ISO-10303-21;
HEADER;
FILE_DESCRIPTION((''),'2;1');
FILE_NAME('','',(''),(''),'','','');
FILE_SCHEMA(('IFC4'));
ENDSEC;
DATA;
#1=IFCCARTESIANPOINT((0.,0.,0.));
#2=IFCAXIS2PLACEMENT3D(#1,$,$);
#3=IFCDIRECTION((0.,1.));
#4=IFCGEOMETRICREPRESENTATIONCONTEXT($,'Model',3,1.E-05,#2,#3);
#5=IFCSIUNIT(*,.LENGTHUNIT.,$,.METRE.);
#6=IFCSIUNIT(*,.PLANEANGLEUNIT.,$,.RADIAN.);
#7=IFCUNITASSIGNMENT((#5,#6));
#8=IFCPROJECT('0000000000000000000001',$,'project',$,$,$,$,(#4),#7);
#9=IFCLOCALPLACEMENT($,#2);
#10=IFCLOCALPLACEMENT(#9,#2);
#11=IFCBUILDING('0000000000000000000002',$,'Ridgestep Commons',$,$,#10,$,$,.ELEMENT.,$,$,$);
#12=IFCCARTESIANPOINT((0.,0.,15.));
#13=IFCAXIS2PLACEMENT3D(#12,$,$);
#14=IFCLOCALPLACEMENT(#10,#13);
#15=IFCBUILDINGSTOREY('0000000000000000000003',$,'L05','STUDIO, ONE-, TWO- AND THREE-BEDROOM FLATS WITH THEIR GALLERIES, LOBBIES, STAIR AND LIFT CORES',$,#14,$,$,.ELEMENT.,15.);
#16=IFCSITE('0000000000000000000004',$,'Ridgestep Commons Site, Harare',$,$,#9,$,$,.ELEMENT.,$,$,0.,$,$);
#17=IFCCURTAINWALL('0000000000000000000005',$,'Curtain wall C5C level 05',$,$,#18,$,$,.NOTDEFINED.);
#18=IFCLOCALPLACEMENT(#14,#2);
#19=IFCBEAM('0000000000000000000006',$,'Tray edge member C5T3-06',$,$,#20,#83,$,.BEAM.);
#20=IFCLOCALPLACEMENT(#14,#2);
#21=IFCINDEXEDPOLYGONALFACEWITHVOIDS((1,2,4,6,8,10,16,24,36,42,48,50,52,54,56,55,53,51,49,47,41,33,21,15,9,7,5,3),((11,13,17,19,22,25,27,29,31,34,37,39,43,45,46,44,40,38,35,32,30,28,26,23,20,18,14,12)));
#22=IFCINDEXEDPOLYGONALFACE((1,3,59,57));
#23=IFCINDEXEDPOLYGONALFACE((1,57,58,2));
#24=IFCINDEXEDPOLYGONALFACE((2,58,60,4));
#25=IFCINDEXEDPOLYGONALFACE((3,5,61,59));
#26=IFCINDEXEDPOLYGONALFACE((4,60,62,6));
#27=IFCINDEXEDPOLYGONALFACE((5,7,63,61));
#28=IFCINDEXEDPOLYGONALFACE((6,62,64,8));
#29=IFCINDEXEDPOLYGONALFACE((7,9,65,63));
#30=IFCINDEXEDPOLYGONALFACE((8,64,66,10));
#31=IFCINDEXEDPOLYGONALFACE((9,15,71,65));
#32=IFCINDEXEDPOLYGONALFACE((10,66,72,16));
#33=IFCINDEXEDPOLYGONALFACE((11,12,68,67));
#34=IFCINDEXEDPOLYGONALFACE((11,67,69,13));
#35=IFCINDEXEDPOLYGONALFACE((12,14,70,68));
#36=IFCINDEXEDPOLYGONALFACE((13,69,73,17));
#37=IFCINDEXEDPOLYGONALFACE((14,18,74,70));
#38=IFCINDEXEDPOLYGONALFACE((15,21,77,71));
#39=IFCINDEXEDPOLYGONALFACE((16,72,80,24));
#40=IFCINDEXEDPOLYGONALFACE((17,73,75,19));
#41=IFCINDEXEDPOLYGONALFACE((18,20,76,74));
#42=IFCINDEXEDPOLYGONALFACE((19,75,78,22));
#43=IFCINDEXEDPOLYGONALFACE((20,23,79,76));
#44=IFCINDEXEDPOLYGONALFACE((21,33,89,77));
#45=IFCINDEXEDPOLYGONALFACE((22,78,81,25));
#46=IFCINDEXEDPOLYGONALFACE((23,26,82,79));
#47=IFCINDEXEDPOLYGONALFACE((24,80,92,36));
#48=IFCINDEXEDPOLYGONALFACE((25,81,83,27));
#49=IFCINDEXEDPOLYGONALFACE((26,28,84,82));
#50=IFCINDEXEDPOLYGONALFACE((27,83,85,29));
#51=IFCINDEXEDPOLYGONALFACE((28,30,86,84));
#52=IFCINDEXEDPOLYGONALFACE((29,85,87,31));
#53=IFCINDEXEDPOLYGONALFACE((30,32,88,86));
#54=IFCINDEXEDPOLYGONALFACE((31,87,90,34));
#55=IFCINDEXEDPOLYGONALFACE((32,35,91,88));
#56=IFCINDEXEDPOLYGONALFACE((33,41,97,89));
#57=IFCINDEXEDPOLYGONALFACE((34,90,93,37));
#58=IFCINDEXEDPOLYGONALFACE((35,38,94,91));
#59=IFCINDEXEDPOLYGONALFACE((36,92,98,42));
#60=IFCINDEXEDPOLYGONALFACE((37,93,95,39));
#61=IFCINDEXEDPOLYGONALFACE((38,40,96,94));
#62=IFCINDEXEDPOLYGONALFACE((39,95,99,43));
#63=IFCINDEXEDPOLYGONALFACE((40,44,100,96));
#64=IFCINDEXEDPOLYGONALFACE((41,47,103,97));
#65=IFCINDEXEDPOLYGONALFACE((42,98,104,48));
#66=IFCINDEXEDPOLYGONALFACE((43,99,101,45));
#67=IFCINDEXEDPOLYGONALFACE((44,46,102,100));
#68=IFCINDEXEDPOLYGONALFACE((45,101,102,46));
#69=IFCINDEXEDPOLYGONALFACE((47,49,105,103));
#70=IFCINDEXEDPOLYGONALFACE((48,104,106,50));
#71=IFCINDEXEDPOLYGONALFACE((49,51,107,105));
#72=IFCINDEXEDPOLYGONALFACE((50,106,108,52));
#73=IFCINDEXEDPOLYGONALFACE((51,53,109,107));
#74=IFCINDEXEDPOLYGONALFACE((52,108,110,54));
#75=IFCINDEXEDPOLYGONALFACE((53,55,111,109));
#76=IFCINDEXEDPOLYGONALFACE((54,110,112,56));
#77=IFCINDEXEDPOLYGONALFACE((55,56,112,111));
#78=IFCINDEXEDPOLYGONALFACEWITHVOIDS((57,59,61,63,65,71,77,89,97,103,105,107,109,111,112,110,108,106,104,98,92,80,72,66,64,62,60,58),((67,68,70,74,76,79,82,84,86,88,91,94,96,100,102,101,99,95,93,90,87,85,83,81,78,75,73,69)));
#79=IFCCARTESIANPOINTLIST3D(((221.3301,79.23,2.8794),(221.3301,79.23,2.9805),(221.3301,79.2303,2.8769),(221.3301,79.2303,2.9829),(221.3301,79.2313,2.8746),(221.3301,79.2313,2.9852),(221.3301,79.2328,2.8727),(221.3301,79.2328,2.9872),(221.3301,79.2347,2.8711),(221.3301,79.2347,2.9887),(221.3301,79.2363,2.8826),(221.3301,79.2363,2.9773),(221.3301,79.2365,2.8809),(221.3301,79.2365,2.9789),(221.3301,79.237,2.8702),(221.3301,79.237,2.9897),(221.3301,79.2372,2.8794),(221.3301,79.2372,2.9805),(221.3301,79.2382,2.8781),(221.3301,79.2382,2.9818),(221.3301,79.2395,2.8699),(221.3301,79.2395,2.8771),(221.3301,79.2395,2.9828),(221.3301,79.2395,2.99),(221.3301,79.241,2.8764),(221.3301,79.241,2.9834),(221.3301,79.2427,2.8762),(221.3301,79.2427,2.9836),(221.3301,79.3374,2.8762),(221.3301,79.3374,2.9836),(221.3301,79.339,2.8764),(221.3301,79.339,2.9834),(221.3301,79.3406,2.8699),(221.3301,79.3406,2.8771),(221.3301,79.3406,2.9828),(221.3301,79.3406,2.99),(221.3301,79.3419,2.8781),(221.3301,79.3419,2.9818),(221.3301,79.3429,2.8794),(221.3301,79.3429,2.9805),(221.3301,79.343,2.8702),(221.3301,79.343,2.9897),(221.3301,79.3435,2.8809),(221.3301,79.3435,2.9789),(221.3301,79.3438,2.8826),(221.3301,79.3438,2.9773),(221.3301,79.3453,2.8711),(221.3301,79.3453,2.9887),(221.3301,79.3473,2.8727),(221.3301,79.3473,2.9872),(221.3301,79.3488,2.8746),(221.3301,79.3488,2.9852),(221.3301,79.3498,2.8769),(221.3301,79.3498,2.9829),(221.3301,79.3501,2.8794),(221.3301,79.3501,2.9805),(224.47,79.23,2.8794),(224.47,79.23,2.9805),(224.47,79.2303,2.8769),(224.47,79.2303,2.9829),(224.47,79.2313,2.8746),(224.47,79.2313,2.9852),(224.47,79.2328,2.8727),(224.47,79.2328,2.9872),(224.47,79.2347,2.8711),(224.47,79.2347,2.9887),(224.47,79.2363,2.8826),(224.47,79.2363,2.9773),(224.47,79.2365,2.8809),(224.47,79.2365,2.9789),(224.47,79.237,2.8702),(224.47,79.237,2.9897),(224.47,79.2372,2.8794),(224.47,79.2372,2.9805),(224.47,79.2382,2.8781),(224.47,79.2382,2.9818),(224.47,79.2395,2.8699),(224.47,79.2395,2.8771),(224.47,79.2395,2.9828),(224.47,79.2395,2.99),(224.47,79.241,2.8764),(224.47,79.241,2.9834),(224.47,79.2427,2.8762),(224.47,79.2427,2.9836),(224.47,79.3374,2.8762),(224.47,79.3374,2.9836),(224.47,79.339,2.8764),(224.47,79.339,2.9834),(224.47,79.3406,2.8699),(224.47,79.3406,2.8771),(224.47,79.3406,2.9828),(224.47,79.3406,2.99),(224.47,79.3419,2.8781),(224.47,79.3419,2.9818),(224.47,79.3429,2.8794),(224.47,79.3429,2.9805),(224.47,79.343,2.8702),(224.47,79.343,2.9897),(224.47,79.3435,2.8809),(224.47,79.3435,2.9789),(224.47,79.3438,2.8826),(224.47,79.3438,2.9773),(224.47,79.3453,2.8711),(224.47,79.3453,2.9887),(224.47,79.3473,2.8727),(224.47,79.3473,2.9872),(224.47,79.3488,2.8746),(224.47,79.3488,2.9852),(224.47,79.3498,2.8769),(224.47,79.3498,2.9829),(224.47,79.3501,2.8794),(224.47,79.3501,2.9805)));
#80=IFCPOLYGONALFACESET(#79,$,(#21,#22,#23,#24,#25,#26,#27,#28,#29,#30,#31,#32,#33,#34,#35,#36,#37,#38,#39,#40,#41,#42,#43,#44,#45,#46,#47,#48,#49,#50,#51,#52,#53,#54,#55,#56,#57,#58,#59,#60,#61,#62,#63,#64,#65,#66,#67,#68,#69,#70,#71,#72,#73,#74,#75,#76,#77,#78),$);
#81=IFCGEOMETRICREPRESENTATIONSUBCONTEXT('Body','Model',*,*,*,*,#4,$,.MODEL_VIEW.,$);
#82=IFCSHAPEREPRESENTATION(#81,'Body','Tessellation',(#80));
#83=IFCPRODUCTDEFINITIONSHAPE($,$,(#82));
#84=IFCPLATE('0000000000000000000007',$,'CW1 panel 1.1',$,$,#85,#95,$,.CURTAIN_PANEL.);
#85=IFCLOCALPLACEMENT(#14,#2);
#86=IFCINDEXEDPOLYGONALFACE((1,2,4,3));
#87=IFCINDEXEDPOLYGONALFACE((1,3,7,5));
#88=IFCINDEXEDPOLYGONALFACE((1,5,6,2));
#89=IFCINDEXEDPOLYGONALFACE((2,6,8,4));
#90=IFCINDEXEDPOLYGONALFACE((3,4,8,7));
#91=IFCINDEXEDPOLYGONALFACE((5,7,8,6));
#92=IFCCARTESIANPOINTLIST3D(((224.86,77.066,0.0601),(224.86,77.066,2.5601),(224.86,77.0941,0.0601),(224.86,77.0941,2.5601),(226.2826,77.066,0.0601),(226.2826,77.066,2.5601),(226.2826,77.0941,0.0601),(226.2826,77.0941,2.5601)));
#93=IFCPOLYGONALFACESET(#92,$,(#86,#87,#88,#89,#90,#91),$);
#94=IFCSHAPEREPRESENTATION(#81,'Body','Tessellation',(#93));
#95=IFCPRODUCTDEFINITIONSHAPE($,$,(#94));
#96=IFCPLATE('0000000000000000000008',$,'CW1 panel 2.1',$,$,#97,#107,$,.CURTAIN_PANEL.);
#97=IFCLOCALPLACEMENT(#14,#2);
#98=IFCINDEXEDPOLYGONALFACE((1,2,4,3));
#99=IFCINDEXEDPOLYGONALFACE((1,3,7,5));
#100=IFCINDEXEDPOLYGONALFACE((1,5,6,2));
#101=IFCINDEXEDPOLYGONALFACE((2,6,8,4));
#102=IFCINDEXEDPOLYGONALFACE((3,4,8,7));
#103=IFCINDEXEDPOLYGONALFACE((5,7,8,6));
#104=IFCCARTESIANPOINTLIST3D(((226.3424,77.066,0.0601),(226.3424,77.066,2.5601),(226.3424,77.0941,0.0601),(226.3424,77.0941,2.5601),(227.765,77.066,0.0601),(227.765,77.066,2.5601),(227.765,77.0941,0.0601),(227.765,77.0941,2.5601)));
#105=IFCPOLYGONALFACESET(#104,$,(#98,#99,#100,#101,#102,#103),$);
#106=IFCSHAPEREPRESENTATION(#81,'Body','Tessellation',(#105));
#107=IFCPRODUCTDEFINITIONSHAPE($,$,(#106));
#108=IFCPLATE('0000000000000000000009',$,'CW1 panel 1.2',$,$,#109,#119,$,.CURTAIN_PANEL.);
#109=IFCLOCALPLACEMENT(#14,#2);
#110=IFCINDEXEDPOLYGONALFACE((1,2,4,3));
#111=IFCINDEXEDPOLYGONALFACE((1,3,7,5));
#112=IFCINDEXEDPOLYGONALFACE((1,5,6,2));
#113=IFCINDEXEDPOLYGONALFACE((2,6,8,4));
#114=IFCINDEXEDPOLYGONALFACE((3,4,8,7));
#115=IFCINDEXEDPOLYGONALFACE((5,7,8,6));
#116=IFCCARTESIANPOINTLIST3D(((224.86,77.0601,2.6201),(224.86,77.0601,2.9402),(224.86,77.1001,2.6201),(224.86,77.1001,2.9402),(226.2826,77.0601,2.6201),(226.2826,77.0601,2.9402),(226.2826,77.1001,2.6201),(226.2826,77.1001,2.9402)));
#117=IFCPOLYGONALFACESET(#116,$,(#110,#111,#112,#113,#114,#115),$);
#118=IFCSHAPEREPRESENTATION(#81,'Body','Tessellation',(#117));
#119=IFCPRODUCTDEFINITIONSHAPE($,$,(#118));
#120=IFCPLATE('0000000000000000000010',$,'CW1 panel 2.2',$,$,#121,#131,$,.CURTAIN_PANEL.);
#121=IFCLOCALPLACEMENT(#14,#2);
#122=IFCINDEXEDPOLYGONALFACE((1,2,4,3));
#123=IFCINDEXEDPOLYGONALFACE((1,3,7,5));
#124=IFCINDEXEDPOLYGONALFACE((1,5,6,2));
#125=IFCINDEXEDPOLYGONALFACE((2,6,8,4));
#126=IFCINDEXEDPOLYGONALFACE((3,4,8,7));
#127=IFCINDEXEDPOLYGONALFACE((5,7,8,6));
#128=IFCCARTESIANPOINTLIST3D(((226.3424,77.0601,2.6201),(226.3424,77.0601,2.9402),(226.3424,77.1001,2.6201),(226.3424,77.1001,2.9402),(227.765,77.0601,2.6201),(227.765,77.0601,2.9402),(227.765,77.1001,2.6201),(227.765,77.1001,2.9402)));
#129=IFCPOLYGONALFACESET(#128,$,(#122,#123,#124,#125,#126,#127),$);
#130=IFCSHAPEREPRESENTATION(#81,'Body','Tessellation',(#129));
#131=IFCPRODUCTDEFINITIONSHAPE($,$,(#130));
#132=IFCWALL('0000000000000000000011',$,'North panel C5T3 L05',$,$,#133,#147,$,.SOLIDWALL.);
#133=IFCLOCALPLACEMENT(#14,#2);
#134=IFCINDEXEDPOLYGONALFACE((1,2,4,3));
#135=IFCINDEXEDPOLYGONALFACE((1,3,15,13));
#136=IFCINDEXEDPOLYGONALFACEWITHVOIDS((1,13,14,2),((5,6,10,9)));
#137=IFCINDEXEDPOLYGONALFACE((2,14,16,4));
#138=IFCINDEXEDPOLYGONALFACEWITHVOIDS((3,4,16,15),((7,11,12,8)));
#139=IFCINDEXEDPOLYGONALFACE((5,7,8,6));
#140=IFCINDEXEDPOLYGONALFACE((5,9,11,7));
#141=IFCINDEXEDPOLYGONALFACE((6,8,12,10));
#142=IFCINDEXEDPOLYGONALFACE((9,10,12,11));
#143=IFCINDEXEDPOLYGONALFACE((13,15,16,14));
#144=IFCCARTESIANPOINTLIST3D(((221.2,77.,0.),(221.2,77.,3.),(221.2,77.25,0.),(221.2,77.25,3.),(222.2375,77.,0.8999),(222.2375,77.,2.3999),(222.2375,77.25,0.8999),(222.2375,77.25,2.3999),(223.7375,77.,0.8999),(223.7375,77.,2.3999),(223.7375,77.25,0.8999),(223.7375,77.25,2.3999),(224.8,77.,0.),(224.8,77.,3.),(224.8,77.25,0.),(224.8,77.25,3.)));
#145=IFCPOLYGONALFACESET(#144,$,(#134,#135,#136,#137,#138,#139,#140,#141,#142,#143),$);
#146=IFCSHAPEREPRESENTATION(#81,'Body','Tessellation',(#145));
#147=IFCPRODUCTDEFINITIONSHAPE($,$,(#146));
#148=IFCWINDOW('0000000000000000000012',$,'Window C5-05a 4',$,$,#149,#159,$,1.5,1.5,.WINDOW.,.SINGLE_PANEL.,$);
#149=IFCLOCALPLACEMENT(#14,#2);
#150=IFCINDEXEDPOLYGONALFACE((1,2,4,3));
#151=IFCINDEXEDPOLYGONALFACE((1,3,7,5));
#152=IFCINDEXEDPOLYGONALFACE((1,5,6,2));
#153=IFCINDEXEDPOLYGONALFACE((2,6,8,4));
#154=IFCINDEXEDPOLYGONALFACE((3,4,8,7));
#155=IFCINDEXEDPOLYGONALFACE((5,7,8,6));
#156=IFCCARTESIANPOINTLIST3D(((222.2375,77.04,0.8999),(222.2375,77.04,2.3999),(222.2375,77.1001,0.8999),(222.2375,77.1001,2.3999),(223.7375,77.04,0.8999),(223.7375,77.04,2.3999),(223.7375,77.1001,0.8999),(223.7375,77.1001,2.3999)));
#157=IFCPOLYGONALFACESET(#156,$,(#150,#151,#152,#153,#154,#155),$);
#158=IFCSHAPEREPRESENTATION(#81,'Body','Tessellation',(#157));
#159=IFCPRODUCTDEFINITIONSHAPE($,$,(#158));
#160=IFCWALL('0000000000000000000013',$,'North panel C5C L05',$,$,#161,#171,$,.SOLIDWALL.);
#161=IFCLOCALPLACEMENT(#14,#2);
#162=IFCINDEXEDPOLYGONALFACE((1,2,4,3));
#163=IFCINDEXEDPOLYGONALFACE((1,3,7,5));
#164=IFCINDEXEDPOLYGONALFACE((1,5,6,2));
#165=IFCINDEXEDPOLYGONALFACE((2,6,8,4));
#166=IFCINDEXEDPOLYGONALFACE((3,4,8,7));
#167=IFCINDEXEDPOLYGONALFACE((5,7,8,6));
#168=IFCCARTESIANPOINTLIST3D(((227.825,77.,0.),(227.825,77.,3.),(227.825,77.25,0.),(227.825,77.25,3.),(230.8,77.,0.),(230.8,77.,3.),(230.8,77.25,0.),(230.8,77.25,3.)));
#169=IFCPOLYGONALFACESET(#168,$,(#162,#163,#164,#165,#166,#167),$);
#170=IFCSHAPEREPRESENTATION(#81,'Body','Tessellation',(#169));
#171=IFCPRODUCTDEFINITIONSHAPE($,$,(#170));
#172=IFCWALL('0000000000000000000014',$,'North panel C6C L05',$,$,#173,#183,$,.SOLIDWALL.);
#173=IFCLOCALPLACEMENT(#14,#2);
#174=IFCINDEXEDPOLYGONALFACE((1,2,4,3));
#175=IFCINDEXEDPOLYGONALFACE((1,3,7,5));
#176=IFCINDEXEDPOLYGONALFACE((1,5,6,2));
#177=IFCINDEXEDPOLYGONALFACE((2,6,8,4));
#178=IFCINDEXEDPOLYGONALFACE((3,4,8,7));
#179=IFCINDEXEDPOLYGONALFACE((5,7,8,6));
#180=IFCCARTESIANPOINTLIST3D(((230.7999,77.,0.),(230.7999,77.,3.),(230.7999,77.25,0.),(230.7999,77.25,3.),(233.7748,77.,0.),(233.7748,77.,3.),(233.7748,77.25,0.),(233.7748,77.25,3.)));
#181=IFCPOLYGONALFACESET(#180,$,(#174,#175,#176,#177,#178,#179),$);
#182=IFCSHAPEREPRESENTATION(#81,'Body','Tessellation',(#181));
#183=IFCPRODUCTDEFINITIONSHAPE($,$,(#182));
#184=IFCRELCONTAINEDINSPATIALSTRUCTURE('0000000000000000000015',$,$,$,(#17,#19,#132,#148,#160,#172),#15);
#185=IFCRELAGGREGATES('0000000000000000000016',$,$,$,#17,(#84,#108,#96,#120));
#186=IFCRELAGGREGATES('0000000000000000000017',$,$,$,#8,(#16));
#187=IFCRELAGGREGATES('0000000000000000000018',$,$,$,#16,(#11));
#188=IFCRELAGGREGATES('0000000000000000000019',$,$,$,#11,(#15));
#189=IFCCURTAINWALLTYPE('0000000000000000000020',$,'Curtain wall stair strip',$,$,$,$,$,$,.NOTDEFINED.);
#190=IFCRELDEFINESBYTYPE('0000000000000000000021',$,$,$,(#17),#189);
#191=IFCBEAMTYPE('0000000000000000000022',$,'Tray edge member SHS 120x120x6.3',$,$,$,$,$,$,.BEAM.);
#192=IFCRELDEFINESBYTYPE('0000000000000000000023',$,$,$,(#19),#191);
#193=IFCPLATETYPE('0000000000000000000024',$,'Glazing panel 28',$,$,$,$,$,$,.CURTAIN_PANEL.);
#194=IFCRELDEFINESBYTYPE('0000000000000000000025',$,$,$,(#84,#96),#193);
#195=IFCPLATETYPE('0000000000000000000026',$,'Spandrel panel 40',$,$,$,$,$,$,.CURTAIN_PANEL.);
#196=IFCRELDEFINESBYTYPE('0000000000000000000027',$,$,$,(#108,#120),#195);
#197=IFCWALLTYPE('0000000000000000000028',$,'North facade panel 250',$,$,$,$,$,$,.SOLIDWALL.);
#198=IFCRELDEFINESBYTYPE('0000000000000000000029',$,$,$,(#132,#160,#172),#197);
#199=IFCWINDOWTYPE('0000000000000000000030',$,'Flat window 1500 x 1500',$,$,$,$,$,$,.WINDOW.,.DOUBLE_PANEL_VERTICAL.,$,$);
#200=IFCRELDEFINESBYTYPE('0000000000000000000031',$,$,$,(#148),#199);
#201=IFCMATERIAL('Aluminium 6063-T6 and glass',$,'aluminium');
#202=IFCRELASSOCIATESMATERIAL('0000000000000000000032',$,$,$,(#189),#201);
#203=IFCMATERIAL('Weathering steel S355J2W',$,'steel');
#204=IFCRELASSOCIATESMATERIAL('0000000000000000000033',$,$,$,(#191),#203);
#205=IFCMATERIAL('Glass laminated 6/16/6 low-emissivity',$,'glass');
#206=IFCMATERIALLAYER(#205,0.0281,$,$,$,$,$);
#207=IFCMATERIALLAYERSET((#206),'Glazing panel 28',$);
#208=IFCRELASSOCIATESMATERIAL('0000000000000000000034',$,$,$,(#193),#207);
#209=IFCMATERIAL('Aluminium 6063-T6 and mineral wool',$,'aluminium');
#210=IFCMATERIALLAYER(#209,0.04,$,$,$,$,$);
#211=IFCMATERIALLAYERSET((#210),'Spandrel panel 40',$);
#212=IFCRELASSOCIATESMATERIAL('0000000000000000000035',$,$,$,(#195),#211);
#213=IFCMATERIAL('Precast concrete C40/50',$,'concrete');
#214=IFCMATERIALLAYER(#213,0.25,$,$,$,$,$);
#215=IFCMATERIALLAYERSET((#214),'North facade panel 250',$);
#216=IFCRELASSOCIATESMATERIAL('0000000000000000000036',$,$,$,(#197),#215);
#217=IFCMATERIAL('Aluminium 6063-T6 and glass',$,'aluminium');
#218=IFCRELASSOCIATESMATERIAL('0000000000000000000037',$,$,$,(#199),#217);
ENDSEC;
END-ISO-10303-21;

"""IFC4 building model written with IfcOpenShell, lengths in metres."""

from ifc_helpers import new_model, si_unit, direction, frame, frame_2d, origin, origin_2d, place, context, subcontext, project, spatial, rectangle, hollow_rectangle, extrude, material, layer, layer_set, material_profile, profile_set, type_object, element, fill, aggregate, save


model = new_model("IFC4")

# Units and contexts
model_context = context("Model", 3, precision=1e-05, world=origin(), true_north=direction((0.0, 1.0)))
body_context = subcontext(model_context, "Body", "Model", "MODEL_VIEW")
ifc_project = project(units=[si_unit("LENGTHUNIT", "METRE"), si_unit("PLANEANGLEUNIT", "RADIAN")], contexts=[model_context])

# Site, building, storey
site_placement = place(None, origin())
site = spatial("IfcSite", under=ifc_project, at=site_placement, Name="Ridgestep Commons Site, Harare", CompositionType="ELEMENT", RefElevation=0.0)
building_placement = place(site_placement, origin())
building = spatial("IfcBuilding", under=site, at=building_placement, Name="Ridgestep Commons", CompositionType="ELEMENT")
storey_placement = place(building_placement, frame((0.0, 0.0, 15.0)))
storey = spatial("IfcBuildingStorey", under=building, at=storey_placement, Name="L05", Description="STUDIO, ONE-, TWO- AND THREE-BEDROOM FLATS WITH THEIR GALLERIES, LOBBIES, STAIR AND LIFT CORES", CompositionType="ELEMENT", Elevation=15.0)

# Curtain wall
ifc_material_1 = material(Name="Aluminium 6063-T6 and glass", Category="aluminium")
curtain_wall_type = type_object("IfcCurtainWallType", Name="Curtain wall stair strip", PredefinedType="NOTDEFINED", material=ifc_material_1)
curtain_wall_1_placement = place(storey_placement, origin())
curtain_wall_1 = element("IfcCurtainWall", 1, at=curtain_wall_1_placement, inside=storey, type_object=curtain_wall_type, Name="Curtain wall C5C level 05", PredefinedType="NOTDEFINED")

# Beam
ifc_material_2 = material(Name="Weathering steel S355J2W", Category="steel")
ifc_material_profile_1 = material_profile(ifc_material_2, hollow_rectangle(XDim=0.1201, YDim=0.1201, WallThickness=0.0063, InnerFilletRadius=0.0063, OuterFilletRadius=0.0095, at=origin_2d()), Name="SHS 120x120x6.3")
ifc_profile_set_1 = profile_set([ifc_material_profile_1], Name="Weathering steel S355J2W")
beam_type_1 = type_object("IfcBeamType", Name="Tray edge member SHS 120x120x6.3", PredefinedType="BEAM", material=ifc_profile_set_1)
beam_placement = place(storey_placement, frame((221.3301, 79.29, 2.9299), z_axis=(1.0, 0.0, 0.0), x_axis=(0.0, 0.0, 1.0)))
element("IfcBeam", 2, at=beam_placement, inside=storey, type_object=beam_type_1, Name="Tray edge member C5T3-06", PredefinedType="BEAM", context=body_context, shape_type="SweptSolid", body=[
    extrude(hollow_rectangle(XDim=0.1201, YDim=0.1201, WallThickness=0.0063, InnerFilletRadius=0.0063, OuterFilletRadius=0.0095, at=origin_2d()), origin(), (0.0, 0.0, 1.0), 3.1399),
])

# Plates
ifc_material_3 = material(Name="Glass laminated 6/16/6 low-emissivity", Category="glass")
ifc_layer_1 = layer(ifc_material_3, 0.0281)
ifc_layer_set_1 = layer_set([ifc_layer_1], Name="Glazing panel 28")
plate_type_1 = type_object("IfcPlateType", Name="Glazing panel 28", PredefinedType="CURTAIN_PANEL", material=ifc_layer_set_1)
plate_1_placement = place(storey_placement, frame((225.5713, 77.0801, 0.0601), z_axis=(0.0, 0.0, 1.0), x_axis=(1.0, 0.0, 0.0)))
plate_1 = element("IfcPlate", 3, at=plate_1_placement, type_object=plate_type_1, Name="CW1 panel 1.1", PredefinedType="CURTAIN_PANEL", context=body_context, shape_type="SweptSolid", body=[
    extrude(rectangle(XDim=1.4226, YDim=0.0281, at=origin_2d()), origin(), (0.0, 0.0, 1.0), 2.5),
])
plate_2_placement = place(storey_placement, frame((227.0537, 77.0801, 0.0601), z_axis=(0.0, 0.0, 1.0), x_axis=(1.0, 0.0, 0.0)))
plate_2 = element("IfcPlate", 4, at=plate_2_placement, type_object=plate_type_1, Name="CW1 panel 2.1", PredefinedType="CURTAIN_PANEL", context=body_context, shape_type="SweptSolid", body=[
    extrude(rectangle(XDim=1.4226, YDim=0.0281, at=origin_2d()), origin(), (0.0, 0.0, 1.0), 2.5),
])
ifc_material_4 = material(Name="Aluminium 6063-T6 and mineral wool", Category="aluminium")
ifc_layer_2 = layer(ifc_material_4, 0.04)
ifc_layer_set_2 = layer_set([ifc_layer_2], Name="Spandrel panel 40")
plate_type_2 = type_object("IfcPlateType", Name="Spandrel panel 40", PredefinedType="CURTAIN_PANEL", material=ifc_layer_set_2)
plate_3_placement = place(storey_placement, frame((225.5713, 77.0801, 2.6201), z_axis=(0.0, 0.0, 1.0), x_axis=(1.0, 0.0, 0.0)))
plate_3 = element("IfcPlate", 5, at=plate_3_placement, type_object=plate_type_2, Name="CW1 panel 1.2", PredefinedType="CURTAIN_PANEL", context=body_context, shape_type="SweptSolid", body=[
    extrude(rectangle(XDim=1.4226, YDim=0.04, at=origin_2d()), origin(), (0.0, 0.0, 1.0), 0.3201),
])
plate_4_placement = place(storey_placement, frame((227.0537, 77.0801, 2.6201), z_axis=(0.0, 0.0, 1.0), x_axis=(1.0, 0.0, 0.0)))
plate_4 = element("IfcPlate", 6, at=plate_4_placement, type_object=plate_type_2, Name="CW1 panel 2.2", PredefinedType="CURTAIN_PANEL", context=body_context, shape_type="SweptSolid", body=[
    extrude(rectangle(XDim=1.4226, YDim=0.04, at=origin_2d()), origin(), (0.0, 0.0, 1.0), 0.3201),
])
aggregate(curtain_wall_1, [plate_1, plate_3, plate_2, plate_4])

# Wall, opening, window
ifc_material_5 = material(Name="Precast concrete C40/50", Category="concrete")
ifc_layer_3 = layer(ifc_material_5, 0.25)
ifc_layer_set_3 = layer_set([ifc_layer_3], Name="North facade panel 250")
wall_type = type_object("IfcWallType", Name="North facade panel 250", PredefinedType="SOLIDWALL", material=ifc_layer_set_3)
wall_1_placement = place(storey_placement, frame((221.2, 77.125, 0.0), z_axis=(0.0, 0.0, 1.0), x_axis=(1.0, 0.0, 0.0)))
wall_1 = element("IfcWall", 7, at=wall_1_placement, inside=storey, type_object=wall_type, Name="North panel C5T3 L05", PredefinedType="SOLIDWALL", context=body_context, shape_type="SweptSolid", body=[
    extrude(rectangle(XDim=3.6001, YDim=0.25, at=frame_2d((1.8, 0.0))), origin(), (0.0, 0.0, 1.0), 3.0),
])
opening_placement = place(wall_1_placement, frame((1.0376, 0.0, 0.8999)))
opening = element("IfcOpeningElement", 8, at=opening_placement, cuts=wall_1, PredefinedType="OPENING", context=body_context, shape_type="SweptSolid", body=[
    extrude(rectangle(XDim=1.5, YDim=1.5, at=frame_2d((0.75, 0.75))), frame((0.0, 0.135, 0.0), z_axis=(0.0, -1.0, 0.0), x_axis=(1.0, 0.0, 0.0)), (0.0, 0.0, 1.0), 0.27),
])
ifc_material_6 = material(Name="Aluminium 6063-T6 and glass", Category="aluminium")
window_type = type_object("IfcWindowType", Name="Flat window 1500 x 1500", PartitioningType="DOUBLE_PANEL_VERTICAL", PredefinedType="WINDOW", material=ifc_material_6)
window_placement = place(opening_placement, origin())
window = element("IfcWindow", 9, at=window_placement, inside=storey, type_object=window_type, Name="Window C5-05a 4", OverallHeight=1.5, OverallWidth=1.5, PartitioningType="SINGLE_PANEL", PredefinedType="WINDOW", context=body_context, shape_type="SweptSolid", body=[
    extrude(rectangle(XDim=1.5, YDim=1.5, at=frame_2d((0.75, 0.75))), frame((0.0, -0.0249, 0.0), z_axis=(0.0, -1.0, 0.0), x_axis=(1.0, 0.0, 0.0)), (0.0, 0.0, 1.0), 0.0601),
])
fill(opening, window)

# Walls
wall_2_placement = place(storey_placement, frame((227.825, 77.125, 0.0), z_axis=(0.0, 0.0, 1.0), x_axis=(1.0, 0.0, 0.0)))
element("IfcWall", 10, at=wall_2_placement, inside=storey, type_object=wall_type, Name="North panel C5C L05", PredefinedType="SOLIDWALL", context=body_context, shape_type="SweptSolid", body=[
    extrude(rectangle(XDim=2.9751, YDim=0.25, at=frame_2d((1.4875, 0.0))), origin(), (0.0, 0.0, 1.0), 3.0),
])
wall_3_placement = place(storey_placement, frame((230.8, 77.125, 0.0), z_axis=(0.0, 0.0, 1.0), x_axis=(1.0, 0.0, 0.0)))
element("IfcWall", 11, at=wall_3_placement, inside=storey, type_object=wall_type, Name="North panel C6C L05", PredefinedType="SOLIDWALL", context=body_context, shape_type="SweptSolid", body=[
    extrude(rectangle(XDim=2.9749, YDim=0.25, at=frame_2d((1.4873, 0.0))), origin(), (0.0, 0.0, 1.0), 3.0),
])

save(model, "model.ifc")
